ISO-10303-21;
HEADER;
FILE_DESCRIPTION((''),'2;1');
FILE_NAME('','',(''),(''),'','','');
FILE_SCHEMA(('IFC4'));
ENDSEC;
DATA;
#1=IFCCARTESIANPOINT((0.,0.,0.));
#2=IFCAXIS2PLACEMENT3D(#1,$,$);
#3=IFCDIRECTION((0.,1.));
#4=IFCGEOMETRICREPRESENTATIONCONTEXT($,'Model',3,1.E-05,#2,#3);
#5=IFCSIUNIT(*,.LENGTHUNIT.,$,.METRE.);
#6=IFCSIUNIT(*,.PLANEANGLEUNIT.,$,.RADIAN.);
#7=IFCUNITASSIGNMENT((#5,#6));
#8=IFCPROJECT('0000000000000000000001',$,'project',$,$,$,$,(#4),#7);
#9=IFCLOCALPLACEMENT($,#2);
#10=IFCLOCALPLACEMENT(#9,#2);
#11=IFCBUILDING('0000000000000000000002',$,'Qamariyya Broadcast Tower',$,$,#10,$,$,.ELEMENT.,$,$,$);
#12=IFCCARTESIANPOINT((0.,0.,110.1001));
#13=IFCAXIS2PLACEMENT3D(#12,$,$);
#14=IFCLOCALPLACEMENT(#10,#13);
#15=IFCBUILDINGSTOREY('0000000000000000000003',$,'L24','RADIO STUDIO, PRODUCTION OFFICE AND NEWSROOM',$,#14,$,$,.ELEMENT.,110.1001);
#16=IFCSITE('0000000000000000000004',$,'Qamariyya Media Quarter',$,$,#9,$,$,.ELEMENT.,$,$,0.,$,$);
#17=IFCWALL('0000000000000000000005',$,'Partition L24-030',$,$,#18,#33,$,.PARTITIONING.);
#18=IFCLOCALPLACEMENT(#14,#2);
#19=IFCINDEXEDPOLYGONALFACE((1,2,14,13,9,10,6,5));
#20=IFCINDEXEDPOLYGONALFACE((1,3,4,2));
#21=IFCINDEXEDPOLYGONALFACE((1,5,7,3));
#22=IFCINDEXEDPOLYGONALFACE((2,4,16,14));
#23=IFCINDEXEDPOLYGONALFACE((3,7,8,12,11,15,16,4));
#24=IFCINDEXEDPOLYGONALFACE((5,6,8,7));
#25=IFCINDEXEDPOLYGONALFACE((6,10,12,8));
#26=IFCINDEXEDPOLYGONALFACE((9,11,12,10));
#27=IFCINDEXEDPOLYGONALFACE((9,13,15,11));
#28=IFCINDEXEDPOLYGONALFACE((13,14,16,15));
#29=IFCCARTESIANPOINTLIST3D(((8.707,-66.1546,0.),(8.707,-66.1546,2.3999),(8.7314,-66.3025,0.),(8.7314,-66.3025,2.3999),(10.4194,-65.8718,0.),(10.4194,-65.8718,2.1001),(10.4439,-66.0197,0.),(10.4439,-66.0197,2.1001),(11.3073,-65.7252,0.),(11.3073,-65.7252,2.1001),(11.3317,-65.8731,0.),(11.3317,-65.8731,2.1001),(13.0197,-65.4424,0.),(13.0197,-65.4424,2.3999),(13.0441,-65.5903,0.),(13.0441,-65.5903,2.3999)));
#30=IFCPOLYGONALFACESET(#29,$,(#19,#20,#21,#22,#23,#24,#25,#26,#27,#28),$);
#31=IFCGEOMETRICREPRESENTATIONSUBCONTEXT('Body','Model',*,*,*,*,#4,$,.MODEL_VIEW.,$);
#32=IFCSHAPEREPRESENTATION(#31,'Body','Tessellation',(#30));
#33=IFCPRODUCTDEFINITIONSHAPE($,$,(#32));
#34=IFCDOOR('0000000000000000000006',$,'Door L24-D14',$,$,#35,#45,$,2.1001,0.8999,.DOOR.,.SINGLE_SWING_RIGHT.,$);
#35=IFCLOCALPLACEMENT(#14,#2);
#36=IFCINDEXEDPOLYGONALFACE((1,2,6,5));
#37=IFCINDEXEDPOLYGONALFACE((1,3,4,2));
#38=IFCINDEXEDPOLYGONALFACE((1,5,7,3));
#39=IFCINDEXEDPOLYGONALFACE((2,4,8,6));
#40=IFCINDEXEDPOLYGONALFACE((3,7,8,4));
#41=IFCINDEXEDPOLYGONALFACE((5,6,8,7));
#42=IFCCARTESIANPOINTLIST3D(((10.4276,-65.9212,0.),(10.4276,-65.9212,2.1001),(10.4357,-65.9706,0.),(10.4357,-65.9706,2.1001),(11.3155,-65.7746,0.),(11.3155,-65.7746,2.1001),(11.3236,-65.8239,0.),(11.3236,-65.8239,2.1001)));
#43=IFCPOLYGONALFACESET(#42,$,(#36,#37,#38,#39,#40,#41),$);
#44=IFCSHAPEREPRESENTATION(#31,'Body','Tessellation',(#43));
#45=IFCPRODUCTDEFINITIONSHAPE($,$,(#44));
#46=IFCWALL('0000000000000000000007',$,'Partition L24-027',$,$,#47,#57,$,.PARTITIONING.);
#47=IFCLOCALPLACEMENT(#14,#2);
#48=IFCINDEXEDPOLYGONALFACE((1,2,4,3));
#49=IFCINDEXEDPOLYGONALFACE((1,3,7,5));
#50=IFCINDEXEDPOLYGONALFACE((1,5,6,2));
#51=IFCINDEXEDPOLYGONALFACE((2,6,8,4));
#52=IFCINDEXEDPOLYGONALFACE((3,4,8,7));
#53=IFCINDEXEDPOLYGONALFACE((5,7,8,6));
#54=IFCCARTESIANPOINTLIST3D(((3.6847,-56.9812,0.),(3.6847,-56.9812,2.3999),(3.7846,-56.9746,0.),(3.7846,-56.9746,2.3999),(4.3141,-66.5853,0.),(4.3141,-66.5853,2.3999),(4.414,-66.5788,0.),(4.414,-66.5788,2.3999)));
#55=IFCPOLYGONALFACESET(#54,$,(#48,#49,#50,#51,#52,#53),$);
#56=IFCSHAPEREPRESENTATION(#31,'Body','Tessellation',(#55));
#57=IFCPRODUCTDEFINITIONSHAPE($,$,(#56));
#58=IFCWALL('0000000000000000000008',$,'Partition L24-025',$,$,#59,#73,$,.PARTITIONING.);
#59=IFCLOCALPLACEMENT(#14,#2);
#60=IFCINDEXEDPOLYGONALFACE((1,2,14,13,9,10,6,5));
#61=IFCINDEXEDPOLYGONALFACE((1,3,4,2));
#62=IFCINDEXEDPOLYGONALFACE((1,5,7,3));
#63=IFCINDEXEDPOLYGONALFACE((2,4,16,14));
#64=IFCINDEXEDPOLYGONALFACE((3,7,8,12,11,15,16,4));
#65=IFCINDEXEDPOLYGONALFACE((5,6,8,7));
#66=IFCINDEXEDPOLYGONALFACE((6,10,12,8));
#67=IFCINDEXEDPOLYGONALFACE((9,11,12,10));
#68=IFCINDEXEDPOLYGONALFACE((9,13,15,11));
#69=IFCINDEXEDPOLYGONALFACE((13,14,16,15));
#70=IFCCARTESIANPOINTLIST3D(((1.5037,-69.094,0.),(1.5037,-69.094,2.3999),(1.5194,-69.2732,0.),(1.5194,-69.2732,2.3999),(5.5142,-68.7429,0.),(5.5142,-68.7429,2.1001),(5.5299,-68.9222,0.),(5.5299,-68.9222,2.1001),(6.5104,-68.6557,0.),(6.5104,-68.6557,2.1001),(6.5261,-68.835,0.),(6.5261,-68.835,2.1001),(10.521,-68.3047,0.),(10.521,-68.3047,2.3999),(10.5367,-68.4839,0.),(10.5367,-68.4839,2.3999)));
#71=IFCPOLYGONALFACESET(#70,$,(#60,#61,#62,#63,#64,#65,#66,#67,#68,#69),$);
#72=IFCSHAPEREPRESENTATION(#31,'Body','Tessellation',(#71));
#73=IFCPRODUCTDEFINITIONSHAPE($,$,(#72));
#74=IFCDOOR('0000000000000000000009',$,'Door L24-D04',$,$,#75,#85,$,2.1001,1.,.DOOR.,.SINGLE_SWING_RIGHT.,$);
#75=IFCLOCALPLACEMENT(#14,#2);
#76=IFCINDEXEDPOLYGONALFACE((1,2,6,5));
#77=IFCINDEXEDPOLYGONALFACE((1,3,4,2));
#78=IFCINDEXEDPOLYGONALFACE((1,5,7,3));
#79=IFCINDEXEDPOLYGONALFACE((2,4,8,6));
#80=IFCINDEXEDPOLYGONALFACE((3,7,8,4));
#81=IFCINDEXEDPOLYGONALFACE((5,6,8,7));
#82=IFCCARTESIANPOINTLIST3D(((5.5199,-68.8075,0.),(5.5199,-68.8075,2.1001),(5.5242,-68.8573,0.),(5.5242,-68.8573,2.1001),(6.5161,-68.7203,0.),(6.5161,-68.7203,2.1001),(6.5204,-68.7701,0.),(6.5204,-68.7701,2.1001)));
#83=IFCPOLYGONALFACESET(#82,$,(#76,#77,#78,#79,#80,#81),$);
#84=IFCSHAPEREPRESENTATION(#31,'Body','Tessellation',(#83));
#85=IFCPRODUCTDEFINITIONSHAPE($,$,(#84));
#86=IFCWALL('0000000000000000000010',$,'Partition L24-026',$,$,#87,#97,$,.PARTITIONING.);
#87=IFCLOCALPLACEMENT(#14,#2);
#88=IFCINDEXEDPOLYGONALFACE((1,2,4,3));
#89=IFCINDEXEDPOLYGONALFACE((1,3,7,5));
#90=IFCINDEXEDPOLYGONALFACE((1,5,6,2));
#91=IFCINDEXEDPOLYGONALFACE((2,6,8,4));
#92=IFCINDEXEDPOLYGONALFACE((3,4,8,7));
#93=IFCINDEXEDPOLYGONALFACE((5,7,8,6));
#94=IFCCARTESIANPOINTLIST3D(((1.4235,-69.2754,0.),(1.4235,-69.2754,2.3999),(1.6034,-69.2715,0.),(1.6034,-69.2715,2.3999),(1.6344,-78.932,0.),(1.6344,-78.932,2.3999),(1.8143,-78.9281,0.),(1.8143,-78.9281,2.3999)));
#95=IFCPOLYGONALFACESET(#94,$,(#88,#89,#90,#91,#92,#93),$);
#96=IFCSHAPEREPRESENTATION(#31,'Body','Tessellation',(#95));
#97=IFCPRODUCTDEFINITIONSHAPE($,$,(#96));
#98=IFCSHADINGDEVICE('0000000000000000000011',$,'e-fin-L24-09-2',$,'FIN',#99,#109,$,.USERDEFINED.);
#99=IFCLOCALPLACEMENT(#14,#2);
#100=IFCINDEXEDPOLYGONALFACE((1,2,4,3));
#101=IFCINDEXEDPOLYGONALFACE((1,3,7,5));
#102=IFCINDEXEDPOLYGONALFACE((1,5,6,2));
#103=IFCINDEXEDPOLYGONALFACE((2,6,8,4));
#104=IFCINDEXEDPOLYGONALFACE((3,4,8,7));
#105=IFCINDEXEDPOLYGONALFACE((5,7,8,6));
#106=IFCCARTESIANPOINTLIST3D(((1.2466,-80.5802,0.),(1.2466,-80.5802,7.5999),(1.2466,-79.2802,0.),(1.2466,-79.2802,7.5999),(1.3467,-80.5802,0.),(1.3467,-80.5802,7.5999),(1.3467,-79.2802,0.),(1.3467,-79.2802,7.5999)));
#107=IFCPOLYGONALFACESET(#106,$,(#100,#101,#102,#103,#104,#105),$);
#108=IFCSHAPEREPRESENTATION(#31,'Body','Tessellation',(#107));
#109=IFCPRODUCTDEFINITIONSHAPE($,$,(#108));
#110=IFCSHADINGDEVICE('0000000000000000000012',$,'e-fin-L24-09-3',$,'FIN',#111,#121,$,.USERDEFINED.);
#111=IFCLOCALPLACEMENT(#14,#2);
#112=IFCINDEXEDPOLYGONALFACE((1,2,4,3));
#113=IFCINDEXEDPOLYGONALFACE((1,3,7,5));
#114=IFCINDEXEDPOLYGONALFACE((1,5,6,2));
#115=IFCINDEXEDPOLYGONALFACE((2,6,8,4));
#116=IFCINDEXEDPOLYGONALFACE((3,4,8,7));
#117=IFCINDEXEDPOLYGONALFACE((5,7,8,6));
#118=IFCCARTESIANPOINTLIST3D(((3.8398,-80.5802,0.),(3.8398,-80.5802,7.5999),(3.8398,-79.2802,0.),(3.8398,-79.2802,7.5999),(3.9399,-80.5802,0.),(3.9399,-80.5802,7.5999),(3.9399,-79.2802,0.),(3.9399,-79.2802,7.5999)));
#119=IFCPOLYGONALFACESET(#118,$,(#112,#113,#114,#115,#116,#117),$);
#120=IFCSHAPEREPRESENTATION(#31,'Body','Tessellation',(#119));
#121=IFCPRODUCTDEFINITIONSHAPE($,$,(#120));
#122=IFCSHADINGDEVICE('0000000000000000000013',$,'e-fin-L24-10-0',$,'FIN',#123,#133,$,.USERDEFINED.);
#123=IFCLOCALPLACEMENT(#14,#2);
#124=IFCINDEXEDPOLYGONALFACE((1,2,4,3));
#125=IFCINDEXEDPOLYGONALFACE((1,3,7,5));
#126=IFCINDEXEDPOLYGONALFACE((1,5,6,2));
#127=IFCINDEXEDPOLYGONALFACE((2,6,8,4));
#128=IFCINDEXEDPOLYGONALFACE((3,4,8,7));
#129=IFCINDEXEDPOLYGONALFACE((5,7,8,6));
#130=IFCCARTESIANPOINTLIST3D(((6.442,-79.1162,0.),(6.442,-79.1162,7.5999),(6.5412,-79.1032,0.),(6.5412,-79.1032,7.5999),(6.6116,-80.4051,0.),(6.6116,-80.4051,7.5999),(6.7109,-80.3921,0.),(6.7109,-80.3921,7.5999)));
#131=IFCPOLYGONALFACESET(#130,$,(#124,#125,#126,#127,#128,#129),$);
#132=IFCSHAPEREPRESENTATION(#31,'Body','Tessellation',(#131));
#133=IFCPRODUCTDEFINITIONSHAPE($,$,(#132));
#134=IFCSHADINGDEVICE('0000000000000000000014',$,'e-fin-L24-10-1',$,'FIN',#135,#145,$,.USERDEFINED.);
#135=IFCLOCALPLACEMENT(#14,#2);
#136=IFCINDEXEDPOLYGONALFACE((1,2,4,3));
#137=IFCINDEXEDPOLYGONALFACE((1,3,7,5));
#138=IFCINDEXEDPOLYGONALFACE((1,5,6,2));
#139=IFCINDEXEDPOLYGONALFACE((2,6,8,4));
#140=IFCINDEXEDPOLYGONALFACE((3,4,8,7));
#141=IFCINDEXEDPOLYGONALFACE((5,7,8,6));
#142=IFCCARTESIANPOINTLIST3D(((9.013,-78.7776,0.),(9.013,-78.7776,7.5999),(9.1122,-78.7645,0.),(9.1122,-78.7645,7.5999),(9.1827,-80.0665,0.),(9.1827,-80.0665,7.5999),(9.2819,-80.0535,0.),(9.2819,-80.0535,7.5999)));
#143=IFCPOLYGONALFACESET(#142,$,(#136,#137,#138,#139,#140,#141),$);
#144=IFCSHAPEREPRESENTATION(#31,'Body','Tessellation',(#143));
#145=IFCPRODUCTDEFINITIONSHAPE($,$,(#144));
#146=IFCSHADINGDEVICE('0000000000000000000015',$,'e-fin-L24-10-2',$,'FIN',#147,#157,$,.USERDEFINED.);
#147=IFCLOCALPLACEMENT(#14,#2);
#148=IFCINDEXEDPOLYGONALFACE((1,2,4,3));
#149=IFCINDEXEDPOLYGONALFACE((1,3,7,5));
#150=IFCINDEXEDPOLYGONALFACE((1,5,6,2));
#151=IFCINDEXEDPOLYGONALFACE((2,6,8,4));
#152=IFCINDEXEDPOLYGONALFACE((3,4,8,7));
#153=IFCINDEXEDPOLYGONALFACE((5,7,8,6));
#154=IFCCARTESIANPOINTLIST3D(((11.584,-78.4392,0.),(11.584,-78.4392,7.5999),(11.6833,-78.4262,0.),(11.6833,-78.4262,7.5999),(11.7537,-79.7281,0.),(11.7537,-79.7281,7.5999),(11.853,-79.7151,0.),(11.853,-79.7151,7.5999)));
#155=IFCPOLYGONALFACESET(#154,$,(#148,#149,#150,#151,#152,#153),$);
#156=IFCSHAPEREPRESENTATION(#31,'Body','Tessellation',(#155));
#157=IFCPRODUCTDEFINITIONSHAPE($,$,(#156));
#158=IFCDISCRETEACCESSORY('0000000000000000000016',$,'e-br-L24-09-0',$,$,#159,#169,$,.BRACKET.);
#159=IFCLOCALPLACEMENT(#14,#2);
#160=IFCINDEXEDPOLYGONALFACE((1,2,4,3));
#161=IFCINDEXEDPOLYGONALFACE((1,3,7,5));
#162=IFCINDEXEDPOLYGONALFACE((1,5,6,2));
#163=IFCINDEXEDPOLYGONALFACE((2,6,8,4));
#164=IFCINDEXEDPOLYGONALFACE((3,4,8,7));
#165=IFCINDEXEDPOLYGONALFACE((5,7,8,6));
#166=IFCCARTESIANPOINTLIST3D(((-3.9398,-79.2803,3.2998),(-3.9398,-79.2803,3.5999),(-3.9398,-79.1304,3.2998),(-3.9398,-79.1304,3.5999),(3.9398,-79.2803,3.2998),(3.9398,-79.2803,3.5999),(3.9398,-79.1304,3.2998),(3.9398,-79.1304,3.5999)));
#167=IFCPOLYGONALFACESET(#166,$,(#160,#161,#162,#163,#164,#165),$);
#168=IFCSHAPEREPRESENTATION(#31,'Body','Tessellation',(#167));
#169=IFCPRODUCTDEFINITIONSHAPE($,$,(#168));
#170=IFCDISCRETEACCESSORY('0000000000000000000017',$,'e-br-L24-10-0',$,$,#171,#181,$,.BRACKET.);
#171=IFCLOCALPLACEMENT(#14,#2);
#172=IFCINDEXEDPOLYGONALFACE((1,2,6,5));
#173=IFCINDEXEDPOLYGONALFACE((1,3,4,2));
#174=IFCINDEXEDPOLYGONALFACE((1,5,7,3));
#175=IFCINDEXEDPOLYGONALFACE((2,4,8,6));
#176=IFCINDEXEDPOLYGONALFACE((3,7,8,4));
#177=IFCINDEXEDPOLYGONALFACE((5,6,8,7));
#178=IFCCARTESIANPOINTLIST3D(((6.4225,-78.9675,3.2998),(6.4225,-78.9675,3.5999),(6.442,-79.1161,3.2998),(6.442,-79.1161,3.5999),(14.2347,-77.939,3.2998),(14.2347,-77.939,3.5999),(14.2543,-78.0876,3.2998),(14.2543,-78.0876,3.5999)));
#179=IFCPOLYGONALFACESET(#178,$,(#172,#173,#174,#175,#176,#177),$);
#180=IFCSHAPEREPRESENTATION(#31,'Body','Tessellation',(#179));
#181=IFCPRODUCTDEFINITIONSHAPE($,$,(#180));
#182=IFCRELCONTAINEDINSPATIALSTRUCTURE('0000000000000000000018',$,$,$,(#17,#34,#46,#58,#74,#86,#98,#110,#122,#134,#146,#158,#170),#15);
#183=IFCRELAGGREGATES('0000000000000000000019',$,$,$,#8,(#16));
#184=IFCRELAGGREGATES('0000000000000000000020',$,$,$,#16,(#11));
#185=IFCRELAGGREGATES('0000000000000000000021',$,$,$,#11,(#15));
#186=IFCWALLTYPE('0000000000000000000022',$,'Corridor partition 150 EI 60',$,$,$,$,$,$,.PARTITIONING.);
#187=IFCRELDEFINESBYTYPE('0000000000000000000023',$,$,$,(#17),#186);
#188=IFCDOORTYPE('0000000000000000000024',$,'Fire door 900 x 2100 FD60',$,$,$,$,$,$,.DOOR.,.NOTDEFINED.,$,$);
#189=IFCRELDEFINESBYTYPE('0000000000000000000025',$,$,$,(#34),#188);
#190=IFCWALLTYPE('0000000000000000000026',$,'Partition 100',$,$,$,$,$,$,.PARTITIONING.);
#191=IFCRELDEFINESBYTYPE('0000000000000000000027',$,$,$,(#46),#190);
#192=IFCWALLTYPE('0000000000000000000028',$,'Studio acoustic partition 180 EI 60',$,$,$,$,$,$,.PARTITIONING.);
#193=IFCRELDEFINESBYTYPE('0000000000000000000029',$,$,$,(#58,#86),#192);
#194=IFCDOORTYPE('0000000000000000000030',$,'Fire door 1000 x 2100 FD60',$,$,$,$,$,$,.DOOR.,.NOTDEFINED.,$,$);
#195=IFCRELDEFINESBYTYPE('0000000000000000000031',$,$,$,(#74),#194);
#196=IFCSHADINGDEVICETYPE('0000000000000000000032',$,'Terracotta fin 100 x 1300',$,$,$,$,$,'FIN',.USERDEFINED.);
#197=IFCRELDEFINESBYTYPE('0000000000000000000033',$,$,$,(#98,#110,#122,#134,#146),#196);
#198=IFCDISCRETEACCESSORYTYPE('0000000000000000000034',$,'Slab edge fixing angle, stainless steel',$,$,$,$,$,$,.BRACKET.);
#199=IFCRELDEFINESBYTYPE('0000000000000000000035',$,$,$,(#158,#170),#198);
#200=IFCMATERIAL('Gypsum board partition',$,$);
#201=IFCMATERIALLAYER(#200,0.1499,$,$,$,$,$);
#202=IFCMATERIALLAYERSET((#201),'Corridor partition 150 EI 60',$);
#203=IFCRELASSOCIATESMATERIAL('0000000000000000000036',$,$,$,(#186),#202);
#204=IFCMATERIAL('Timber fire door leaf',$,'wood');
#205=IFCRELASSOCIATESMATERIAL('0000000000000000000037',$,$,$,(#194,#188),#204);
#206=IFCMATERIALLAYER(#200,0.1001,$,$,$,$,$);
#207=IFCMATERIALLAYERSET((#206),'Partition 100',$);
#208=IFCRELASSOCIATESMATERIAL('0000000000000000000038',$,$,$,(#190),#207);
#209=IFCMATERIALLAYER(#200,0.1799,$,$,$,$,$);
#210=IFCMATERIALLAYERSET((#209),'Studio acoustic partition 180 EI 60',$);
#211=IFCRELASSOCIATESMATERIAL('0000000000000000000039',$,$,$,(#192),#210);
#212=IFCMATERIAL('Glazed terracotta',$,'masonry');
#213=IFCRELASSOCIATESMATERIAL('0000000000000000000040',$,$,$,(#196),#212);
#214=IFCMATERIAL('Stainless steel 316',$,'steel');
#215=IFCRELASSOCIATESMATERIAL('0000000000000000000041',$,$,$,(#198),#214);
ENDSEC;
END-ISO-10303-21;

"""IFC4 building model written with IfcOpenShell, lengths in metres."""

from ifc_helpers import new_model, si_unit, direction, frame, frame_2d, origin, origin_2d, place, context, subcontext, project, spatial, rectangle, extrude, material, layer, layer_set, material_profile, profile_set, type_object, element, fill, save


model = new_model("IFC4")

# Units and contexts
model_context = context("Model", 3, precision=1e-05, world=origin(), true_north=direction((0.0, 1.0)))
body_context = subcontext(model_context, "Body", "Model", "MODEL_VIEW")
ifc_project = project(units=[si_unit("LENGTHUNIT", "METRE"), si_unit("PLANEANGLEUNIT", "RADIAN")], contexts=[model_context])

# Site, building, storey
site_placement = place(None, origin())
site = spatial("IfcSite", under=ifc_project, at=site_placement, Name="Qamariyya Media Quarter", CompositionType="ELEMENT", RefElevation=0.0)
building_placement = place(site_placement, origin())
building = spatial("IfcBuilding", under=site, at=building_placement, Name="Qamariyya Broadcast Tower", CompositionType="ELEMENT")
storey_placement = place(building_placement, frame((0.0, 0.0, 110.1001)))
storey = spatial("IfcBuildingStorey", under=building, at=storey_placement, Name="L24", Description="RADIO STUDIO, PRODUCTION OFFICE AND NEWSROOM", CompositionType="ELEMENT", Elevation=110.1001)

# Wall, opening, door
ifc_material_1 = material(Name="Gypsum board partition")
ifc_layer_1 = layer(ifc_material_1, 0.1499)
ifc_layer_set_1 = layer_set([ifc_layer_1], Name="Corridor partition 150 EI 60")
wall_type_1 = type_object("IfcWallType", Name="Corridor partition 150 EI 60", PredefinedType="PARTITIONING", material=ifc_layer_set_1)
ifc_material_2 = material(Name="Timber fire door leaf", Category="wood")
door_type_1 = type_object("IfcDoorType", Name="Fire door 1000 x 2100 FD60", OperationType="NOTDEFINED", PredefinedType="DOOR", material=ifc_material_2)
door_type_2 = type_object("IfcDoorType", Name="Fire door 900 x 2100 FD60", OperationType="NOTDEFINED", PredefinedType="DOOR", material=ifc_material_2)
wall_1_placement = place(storey_placement, frame((8.7192, -66.2285, 0.0), z_axis=(0.0, 0.0, 1.0), x_axis=(0.986639, 0.162922, 0.0)))
wall_1 = element("IfcWall", 1, at=wall_1_placement, inside=storey, type_object=wall_type_1, Name="Partition L24-030", PredefinedType="PARTITIONING", context=body_context, shape_type="SweptSolid", body=[
    extrude(rectangle(XDim=4.3711, YDim=0.1499, at=frame_2d((2.1855, 0.0))), origin(), (0.0, 0.0, 1.0), 2.3999),
])
opening_1_placement = place(wall_1_placement, frame((1.7356, 0.0, 0.0)))
opening_1 = element("IfcOpeningElement", 2, at=opening_1_placement, cuts=wall_1, PredefinedType="OPENING", context=body_context, shape_type="SweptSolid", body=[
    extrude(rectangle(XDim=0.8999, YDim=2.1001, at=frame_2d((0.45, 1.05))), frame((0.0, 0.085, 0.0), z_axis=(0.0, -1.0, 0.0), x_axis=(1.0, 0.0, 0.0)), (0.0, 0.0, 1.0), 0.1699),
])
door_1_placement = place(opening_1_placement, origin())
door_1 = element("IfcDoor", 3, at=door_1_placement, inside=storey, type_object=door_type_2, Name="Door L24-D14", OperationType="SINGLE_SWING_RIGHT", OverallHeight=2.1001, OverallWidth=0.8999, PredefinedType="DOOR", context=body_context, shape_type="SweptSolid", body=[
    extrude(rectangle(XDim=0.8999, YDim=2.1001, at=frame_2d((0.45, 1.05))), frame((0.0, 0.0249, 0.0), z_axis=(0.0, -1.0, 0.0), x_axis=(1.0, 0.0, 0.0)), (0.0, 0.0, 1.0), 0.05),
])
fill(opening_1, door_1)

# Wall
ifc_layer_2 = layer(ifc_material_1, 0.1001)
ifc_layer_set_2 = layer_set([ifc_layer_2], Name="Partition 100")
wall_type_2 = type_object("IfcWallType", Name="Partition 100", PredefinedType="PARTITIONING", material=ifc_layer_set_2)
wall_2_placement = place(storey_placement, frame((3.7346, -56.9778, 0.0), z_axis=(0.0, 0.0, 1.0), x_axis=(0.065393, -0.99786, 0.0)))
element("IfcWall", 4, at=wall_2_placement, inside=storey, type_object=wall_type_2, Name="Partition L24-027", PredefinedType="PARTITIONING", context=body_context, shape_type="SweptSolid", body=[
    extrude(rectangle(XDim=9.6248, YDim=0.1001, at=frame_2d((4.8125, 0.0))), origin(), (0.0, 0.0, 1.0), 2.3999),
])

# Wall, opening, door
ifc_layer_3 = layer(ifc_material_1, 0.1799)
ifc_layer_set_3 = layer_set([ifc_layer_3], Name="Studio acoustic partition 180 EI 60")
wall_type_3 = type_object("IfcWallType", Name="Studio acoustic partition 180 EI 60", PredefinedType="PARTITIONING", material=ifc_layer_set_3)
wall_3_placement = place(storey_placement, frame((10.5288, -68.3943, 0.0), z_axis=(0.0, 0.0, 1.0), x_axis=(-0.996191, -0.087199, 0.0)))
wall_3 = element("IfcWall", 5, at=wall_3_placement, inside=storey, type_object=wall_type_3, Name="Partition L24-025", PredefinedType="PARTITIONING", context=body_context, shape_type="SweptSolid", body=[
    extrude(rectangle(XDim=9.0518, YDim=0.1799, at=frame_2d((4.5259, 0.0))), origin(), (0.0, 0.0, 1.0), 2.3999),
])
opening_2_placement = place(wall_3_placement, frame((4.0259, 0.0, 0.0)))
opening_2 = element("IfcOpeningElement", 6, at=opening_2_placement, cuts=wall_3, PredefinedType="OPENING", context=body_context, shape_type="SweptSolid", body=[
    extrude(rectangle(XDim=1.0, YDim=2.1001, at=frame_2d((0.5, 1.05))), frame((0.0, 0.0999, 0.0), z_axis=(0.0, -1.0, 0.0), x_axis=(1.0, 0.0, 0.0)), (0.0, 0.0, 1.0), 0.2),
])
door_2_placement = place(opening_2_placement, origin())
door_2 = element("IfcDoor", 7, at=door_2_placement, inside=storey, type_object=door_type_1, Name="Door L24-D04", OperationType="SINGLE_SWING_RIGHT", OverallHeight=2.1001, OverallWidth=1.0, PredefinedType="DOOR", context=body_context, shape_type="SweptSolid", body=[
    extrude(rectangle(XDim=1.0, YDim=2.1001, at=frame_2d((0.5, 1.05))), frame((0.0, 0.0249, 0.0), z_axis=(0.0, -1.0, 0.0), x_axis=(1.0, 0.0, 0.0)), (0.0, 0.0, 1.0), 0.05),
])
fill(opening_2, door_2)

# Wall
wall_4_placement = place(storey_placement, frame((1.7244, -78.9302, 0.0), z_axis=(0.0, 0.0, 1.0), x_axis=(-0.021838, 0.999762, 0.0)))
element("IfcWall", 8, at=wall_4_placement, inside=storey, type_object=wall_type_3, Name="Partition L24-026", PredefinedType="PARTITIONING", context=body_context, shape_type="SweptSolid", body=[
    extrude(rectangle(XDim=9.6589, YDim=0.1799, at=frame_2d((4.8296, 0.0))), origin(), (0.0, 0.0, 1.0), 2.3999),
])

# Shading devices
ifc_material_3 = material(Name="Glazed terracotta", Category="masonry")
ifc_material_profile_1 = material_profile(ifc_material_3, rectangle(XDim=1.3, YDim=0.1001, at=origin_2d()))
ifc_profile_set_1 = profile_set([ifc_material_profile_1], Name="Glazed terracotta")
shading_device_type_1 = type_object("IfcShadingDeviceType", Name="Terracotta fin 100 x 1300", ElementType="FIN", PredefinedType="USERDEFINED", material=ifc_profile_set_1)
for number, where, z_axis, x_axis, name in (
    (9, (1.2966, -79.9302, 0.0), (0.0, 0.0, 1.0), (0.0, -1.0, 0.0), "e-fin-L24-09-2"),
    (10, (3.8899, -79.9302, 0.0), (0.0, 0.0, 1.0), (0.0, -1.0, 0.0), "e-fin-L24-09-3"),
    (11, (6.5764, -79.7542, 0.0), (0.0, 0.0, 1.0), (0.130526, -0.991445, 0.0), "e-fin-L24-10-0"),
    (12, (9.1475, -79.4155, 0.0), (0.0, 0.0, 1.0), (0.130526, -0.991445, 0.0), "e-fin-L24-10-1"),
    (13, (11.7185, -79.0771, 0.0), (0.0, 0.0, 1.0), (0.130526, -0.991445, 0.0), "e-fin-L24-10-2"),
):
    element("IfcShadingDevice", number, at=place(storey_placement, frame(where, z_axis=z_axis, x_axis=x_axis)), inside=storey, type_object=shading_device_type_1, Name=name, ObjectType="FIN", PredefinedType="USERDEFINED", context=body_context, shape_type="SweptSolid", body=[
        extrude(rectangle(XDim=1.3, YDim=0.1001, at=origin_2d()), origin(), (0.0, 0.0, 1.0), 7.5999),
    ])

# Discrete accessories
ifc_material_4 = material(Name="Stainless steel 316", Category="steel")
discrete_accessory_type = type_object("IfcDiscreteAccessoryType", Name="Slab edge fixing angle, stainless steel", PredefinedType="BRACKET", material=ifc_material_4)
for number, where, z_axis, x_axis, name in (
    (14, (0.0, -79.2053, 3.2998), (0.0, 0.0, 1.0), (1.0, 0.0, 0.0), "e-br-L24-09-0"),
    (15, (10.3384, -78.5276, 3.2998), (0.0, 0.0, 1.0), (0.991445, 0.130526, 0.0), "e-br-L24-10-0"),
):
    element("IfcDiscreteAccessory", number, at=place(storey_placement, frame(where, z_axis=z_axis, x_axis=x_axis)), inside=storey, type_object=discrete_accessory_type, Name=name, PredefinedType="BRACKET", context=body_context, shape_type="SweptSolid", body=[
        extrude(rectangle(XDim=7.8796, YDim=0.1499, at=origin_2d()), origin(), (0.0, 0.0, 1.0), 0.3),
    ])

save(model, "model.ifc")
